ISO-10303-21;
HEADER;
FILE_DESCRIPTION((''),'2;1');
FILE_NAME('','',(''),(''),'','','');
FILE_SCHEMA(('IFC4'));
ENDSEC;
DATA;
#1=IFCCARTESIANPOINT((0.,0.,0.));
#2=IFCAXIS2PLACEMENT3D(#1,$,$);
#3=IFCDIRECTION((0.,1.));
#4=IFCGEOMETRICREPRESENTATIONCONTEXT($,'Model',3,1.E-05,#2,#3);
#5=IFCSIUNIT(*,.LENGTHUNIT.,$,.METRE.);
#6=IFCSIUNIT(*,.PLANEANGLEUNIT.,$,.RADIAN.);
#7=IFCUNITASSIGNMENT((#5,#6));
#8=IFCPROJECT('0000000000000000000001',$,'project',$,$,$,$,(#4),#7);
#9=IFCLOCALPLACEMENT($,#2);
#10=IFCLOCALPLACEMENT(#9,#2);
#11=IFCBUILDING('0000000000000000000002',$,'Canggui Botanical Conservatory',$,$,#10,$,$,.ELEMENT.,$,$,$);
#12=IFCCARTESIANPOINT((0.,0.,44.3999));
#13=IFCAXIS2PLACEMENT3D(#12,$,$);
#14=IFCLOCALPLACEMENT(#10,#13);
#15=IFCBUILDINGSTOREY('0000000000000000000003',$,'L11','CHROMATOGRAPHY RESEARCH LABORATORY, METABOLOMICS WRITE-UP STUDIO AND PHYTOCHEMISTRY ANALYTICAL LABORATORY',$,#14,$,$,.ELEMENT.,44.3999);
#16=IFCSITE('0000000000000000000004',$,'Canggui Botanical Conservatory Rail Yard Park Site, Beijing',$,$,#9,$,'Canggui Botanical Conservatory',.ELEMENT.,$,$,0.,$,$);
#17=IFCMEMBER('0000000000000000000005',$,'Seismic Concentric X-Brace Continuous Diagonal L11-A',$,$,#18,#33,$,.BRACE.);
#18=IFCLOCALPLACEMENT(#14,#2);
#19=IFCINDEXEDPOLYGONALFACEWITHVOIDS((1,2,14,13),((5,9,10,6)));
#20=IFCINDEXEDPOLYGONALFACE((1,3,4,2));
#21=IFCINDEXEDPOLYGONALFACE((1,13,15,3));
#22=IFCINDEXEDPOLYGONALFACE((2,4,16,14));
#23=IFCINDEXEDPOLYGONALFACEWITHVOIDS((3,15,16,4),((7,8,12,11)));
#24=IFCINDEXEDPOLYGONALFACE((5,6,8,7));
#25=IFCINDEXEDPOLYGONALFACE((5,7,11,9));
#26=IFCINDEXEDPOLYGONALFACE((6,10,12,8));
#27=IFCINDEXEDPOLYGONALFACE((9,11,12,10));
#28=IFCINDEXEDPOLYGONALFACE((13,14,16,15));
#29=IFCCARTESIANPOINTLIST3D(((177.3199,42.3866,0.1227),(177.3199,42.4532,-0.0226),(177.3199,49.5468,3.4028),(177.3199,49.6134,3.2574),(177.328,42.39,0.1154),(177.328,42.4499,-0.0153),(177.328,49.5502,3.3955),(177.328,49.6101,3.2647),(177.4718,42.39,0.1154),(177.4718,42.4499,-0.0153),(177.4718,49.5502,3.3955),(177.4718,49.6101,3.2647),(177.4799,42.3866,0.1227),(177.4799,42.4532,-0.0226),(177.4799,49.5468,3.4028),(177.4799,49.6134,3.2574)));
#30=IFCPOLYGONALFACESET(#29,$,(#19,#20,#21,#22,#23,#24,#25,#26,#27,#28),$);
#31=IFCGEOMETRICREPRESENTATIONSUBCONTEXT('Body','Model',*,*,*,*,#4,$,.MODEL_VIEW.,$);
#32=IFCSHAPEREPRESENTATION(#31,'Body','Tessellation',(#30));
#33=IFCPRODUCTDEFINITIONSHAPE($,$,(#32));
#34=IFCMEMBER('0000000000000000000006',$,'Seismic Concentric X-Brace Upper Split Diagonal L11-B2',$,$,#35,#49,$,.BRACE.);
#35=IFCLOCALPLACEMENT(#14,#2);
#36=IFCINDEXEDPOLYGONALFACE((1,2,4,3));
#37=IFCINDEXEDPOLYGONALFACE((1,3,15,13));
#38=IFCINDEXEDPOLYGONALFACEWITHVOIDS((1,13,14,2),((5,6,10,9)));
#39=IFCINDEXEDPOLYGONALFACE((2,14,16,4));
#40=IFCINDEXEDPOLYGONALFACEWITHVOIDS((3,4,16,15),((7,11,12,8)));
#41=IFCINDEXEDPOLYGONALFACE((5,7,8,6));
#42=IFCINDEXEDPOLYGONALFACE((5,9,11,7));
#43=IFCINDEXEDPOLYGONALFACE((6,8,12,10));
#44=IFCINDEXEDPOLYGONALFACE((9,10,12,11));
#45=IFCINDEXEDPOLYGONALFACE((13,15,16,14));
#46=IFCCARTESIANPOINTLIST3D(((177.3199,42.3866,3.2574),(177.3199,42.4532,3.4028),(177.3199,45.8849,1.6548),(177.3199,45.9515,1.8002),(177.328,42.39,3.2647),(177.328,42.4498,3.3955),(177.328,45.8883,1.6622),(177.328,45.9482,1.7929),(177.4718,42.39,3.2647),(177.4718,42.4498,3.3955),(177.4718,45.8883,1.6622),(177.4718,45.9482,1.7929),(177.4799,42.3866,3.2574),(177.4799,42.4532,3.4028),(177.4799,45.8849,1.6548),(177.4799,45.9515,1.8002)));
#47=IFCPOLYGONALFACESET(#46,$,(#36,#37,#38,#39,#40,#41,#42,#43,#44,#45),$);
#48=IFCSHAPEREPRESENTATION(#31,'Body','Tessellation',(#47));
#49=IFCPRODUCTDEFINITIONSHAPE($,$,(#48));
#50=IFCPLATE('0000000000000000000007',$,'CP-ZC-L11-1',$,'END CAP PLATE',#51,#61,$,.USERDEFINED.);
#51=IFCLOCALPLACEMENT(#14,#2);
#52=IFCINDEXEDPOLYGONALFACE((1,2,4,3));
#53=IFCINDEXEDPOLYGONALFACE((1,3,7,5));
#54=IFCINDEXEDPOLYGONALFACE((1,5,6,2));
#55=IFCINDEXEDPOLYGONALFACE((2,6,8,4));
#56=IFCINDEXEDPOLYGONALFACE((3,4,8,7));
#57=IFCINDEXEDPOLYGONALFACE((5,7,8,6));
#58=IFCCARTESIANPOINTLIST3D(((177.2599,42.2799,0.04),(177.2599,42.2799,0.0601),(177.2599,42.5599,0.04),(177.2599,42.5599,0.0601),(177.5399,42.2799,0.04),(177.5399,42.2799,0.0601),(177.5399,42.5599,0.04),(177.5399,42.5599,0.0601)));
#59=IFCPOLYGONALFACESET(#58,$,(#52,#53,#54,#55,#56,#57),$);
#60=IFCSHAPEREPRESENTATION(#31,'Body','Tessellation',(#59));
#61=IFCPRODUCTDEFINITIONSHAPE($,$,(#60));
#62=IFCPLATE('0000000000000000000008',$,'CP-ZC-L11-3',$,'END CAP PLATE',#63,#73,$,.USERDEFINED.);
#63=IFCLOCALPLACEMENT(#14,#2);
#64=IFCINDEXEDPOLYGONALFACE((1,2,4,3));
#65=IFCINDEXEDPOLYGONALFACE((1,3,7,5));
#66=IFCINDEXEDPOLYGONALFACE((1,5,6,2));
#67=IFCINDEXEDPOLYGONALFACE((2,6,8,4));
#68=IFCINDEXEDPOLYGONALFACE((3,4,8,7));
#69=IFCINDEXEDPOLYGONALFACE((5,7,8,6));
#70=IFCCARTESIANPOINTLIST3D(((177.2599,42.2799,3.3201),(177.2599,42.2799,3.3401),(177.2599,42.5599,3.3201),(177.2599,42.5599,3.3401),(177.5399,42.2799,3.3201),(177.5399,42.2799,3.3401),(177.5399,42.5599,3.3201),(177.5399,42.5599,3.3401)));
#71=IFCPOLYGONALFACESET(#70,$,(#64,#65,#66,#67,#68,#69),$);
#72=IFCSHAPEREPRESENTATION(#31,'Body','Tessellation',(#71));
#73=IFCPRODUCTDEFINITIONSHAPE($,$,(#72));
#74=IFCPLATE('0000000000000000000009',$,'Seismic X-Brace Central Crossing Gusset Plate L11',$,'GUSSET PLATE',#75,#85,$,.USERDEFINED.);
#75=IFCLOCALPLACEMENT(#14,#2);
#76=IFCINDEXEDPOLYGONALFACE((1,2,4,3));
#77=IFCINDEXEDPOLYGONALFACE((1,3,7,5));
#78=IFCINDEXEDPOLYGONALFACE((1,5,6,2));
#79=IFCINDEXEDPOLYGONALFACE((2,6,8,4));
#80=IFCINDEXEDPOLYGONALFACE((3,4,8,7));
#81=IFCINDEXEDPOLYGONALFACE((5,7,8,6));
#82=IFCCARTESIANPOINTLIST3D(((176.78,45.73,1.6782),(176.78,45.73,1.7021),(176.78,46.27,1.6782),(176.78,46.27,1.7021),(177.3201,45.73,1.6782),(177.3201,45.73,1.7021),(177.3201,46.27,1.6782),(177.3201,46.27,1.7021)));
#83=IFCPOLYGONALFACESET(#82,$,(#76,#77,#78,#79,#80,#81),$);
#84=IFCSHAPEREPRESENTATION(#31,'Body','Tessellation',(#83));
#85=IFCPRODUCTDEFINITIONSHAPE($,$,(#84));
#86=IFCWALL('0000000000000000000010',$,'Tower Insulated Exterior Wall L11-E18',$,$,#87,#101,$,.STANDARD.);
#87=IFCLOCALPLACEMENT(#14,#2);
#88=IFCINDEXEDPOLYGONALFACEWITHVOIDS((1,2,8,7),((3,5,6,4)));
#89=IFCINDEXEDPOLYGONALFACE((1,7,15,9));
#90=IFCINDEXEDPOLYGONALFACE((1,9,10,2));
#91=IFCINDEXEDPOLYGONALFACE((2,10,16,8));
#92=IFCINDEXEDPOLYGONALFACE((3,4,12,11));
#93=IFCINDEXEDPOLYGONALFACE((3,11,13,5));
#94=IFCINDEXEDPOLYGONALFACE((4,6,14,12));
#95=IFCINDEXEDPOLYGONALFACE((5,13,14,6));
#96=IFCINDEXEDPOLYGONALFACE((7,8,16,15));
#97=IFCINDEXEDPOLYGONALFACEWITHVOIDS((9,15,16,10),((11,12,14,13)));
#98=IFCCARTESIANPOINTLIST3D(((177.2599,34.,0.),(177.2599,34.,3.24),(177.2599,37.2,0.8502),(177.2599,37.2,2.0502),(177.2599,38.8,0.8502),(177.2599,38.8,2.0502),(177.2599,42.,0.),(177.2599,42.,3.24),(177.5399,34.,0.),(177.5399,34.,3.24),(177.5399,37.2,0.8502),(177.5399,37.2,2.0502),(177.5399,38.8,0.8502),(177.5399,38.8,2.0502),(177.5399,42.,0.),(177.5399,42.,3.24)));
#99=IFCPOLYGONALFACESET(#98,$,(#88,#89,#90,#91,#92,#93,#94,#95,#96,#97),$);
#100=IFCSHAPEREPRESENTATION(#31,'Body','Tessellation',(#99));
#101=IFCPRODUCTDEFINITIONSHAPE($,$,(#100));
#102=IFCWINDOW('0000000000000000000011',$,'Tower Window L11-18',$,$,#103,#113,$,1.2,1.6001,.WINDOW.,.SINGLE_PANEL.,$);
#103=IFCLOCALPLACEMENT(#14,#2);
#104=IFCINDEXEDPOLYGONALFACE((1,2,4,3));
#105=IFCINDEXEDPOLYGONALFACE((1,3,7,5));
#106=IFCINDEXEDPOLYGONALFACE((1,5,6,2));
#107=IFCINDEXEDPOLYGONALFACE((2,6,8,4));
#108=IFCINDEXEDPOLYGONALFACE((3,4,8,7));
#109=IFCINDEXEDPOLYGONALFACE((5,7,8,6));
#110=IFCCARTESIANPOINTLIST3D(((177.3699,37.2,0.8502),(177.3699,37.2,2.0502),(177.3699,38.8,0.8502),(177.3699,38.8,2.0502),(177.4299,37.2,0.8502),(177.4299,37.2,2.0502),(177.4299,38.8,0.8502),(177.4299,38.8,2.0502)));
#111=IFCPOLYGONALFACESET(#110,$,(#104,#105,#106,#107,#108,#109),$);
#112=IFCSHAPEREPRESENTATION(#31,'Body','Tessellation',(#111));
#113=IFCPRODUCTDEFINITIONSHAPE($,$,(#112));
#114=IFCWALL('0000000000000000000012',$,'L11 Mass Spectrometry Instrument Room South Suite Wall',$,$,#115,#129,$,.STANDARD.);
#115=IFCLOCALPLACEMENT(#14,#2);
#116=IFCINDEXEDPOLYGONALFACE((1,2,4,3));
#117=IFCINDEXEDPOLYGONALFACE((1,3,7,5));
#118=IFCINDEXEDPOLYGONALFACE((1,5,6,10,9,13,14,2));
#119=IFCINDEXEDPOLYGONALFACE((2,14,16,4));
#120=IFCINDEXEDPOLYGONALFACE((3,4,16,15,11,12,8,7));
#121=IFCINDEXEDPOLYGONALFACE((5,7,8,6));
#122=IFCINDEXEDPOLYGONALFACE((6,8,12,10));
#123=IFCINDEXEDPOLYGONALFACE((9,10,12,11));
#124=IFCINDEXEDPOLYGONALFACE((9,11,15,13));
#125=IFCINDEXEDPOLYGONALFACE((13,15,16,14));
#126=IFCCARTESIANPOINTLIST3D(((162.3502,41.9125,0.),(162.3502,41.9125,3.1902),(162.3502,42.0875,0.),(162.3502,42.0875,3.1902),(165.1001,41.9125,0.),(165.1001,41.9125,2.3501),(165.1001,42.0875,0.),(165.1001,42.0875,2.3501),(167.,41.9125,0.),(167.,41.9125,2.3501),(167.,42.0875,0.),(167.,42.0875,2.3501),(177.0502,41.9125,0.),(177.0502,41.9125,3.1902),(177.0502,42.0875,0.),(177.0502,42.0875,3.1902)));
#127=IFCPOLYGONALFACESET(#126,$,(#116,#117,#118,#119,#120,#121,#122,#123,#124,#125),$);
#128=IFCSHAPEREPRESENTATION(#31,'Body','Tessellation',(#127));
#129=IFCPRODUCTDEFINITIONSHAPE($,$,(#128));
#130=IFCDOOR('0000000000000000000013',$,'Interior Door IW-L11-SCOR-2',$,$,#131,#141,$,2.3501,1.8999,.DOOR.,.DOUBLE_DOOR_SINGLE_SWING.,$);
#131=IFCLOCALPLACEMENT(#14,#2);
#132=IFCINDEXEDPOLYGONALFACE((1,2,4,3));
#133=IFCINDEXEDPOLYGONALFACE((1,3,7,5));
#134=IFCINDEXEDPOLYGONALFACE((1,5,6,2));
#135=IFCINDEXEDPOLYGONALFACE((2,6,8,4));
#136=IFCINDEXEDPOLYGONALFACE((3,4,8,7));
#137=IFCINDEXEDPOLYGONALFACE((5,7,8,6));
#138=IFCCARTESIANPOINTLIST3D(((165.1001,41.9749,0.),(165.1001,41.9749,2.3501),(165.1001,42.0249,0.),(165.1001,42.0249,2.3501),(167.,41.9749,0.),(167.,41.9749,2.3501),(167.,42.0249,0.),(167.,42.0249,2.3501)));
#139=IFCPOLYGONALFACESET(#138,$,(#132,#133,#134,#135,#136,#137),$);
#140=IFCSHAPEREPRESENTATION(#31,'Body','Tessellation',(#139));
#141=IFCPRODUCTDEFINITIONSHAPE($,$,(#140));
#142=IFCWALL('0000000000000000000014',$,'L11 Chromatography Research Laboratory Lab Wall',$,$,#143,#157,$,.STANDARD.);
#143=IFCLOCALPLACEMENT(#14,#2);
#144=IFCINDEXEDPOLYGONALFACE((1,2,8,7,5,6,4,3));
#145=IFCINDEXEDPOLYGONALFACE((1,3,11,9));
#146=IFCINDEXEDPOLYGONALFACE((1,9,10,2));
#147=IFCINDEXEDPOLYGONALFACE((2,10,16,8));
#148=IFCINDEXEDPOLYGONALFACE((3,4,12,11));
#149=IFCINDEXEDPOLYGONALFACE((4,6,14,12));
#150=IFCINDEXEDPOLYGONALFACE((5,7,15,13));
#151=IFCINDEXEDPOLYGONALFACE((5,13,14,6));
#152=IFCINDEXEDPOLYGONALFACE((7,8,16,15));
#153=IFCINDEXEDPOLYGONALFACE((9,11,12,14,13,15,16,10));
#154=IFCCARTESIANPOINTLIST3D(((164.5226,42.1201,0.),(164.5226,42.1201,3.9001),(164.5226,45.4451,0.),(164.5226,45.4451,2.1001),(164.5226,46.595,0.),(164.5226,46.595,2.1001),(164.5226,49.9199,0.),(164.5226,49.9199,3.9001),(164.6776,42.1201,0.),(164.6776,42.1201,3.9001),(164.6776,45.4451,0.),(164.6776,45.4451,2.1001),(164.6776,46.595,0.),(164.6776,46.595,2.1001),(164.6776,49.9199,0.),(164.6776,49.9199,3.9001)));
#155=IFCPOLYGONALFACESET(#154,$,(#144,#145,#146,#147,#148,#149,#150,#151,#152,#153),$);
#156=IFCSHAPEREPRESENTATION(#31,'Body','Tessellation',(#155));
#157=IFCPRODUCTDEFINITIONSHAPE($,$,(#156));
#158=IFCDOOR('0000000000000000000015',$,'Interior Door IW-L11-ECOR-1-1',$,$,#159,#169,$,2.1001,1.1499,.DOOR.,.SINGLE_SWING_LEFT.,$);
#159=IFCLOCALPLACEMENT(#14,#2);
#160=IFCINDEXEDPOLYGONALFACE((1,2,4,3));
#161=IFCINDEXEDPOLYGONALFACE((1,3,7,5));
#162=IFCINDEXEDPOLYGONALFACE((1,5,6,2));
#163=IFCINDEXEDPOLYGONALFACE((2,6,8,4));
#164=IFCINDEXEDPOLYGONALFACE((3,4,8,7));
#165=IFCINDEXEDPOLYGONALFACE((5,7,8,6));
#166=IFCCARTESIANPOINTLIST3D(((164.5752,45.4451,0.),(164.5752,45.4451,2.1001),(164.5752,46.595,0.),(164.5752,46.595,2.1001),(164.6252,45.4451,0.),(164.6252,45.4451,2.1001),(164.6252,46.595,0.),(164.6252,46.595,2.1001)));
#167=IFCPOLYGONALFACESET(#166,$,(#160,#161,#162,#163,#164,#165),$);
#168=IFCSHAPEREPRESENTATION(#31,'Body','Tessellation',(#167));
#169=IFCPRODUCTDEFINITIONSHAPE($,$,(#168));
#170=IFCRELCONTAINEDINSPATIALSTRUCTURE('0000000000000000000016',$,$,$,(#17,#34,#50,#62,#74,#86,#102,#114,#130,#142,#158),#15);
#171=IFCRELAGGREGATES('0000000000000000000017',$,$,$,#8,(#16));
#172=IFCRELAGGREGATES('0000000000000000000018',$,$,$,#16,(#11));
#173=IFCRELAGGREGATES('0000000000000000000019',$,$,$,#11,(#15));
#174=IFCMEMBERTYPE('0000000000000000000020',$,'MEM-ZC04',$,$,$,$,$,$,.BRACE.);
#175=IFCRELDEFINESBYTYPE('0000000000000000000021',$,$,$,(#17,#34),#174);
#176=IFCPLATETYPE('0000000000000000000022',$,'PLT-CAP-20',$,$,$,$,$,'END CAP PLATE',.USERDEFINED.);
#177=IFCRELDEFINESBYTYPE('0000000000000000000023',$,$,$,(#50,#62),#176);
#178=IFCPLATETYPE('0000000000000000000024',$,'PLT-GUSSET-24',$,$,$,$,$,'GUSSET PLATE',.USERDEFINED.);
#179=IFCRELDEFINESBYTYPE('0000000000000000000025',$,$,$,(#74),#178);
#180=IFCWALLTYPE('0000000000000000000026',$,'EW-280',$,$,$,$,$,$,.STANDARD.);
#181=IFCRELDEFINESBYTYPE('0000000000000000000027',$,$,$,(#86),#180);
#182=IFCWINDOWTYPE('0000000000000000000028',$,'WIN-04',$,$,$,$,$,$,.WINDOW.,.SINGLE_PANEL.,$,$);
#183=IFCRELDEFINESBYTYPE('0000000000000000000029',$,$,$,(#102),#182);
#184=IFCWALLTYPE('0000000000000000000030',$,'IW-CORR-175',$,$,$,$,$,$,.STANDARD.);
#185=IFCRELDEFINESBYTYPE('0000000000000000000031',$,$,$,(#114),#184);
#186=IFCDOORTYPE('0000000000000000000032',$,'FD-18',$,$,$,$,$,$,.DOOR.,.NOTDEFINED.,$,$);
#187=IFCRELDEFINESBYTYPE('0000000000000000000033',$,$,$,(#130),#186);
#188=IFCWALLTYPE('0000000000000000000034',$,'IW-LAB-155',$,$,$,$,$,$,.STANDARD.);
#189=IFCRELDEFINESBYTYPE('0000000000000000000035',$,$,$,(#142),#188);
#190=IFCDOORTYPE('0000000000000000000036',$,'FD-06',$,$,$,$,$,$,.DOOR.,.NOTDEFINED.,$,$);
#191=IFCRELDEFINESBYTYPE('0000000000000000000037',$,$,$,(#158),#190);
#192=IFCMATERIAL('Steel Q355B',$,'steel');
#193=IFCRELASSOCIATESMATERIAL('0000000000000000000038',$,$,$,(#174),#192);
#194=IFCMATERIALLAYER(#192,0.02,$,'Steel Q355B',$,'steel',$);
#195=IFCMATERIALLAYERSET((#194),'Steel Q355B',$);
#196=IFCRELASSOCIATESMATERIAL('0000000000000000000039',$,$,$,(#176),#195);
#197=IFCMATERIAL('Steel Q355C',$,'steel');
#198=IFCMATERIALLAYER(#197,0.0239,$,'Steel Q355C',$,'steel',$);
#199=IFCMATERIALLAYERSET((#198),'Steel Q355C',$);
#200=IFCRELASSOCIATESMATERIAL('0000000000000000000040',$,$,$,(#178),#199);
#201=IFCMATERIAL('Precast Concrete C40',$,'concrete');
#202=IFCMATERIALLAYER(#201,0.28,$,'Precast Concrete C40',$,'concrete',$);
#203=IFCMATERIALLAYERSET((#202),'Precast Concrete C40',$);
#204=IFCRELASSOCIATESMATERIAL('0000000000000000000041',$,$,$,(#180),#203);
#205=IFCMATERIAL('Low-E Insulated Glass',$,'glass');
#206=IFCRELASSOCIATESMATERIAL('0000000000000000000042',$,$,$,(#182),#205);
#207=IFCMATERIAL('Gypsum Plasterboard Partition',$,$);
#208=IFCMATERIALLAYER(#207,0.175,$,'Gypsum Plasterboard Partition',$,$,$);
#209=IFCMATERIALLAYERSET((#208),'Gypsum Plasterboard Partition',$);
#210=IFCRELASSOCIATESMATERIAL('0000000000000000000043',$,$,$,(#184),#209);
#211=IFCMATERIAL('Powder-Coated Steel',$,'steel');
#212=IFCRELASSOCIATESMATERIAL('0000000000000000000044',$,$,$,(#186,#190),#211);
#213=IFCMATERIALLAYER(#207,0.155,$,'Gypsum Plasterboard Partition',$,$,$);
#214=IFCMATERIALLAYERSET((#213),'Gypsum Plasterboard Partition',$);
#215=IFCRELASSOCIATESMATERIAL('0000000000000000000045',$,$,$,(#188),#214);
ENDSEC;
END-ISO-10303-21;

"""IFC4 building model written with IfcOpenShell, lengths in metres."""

from ifc_helpers import new_model, si_unit, direction, frame, frame_2d, origin, origin_2d, place, context, subcontext, project, spatial, rectangle, hollow_rectangle, extrude, material, layer, layer_set, material_profile, profile_set, type_object, element, fill, save


model = new_model("IFC4")

# Units and contexts
model_context = context("Model", 3, precision=1e-05, world=origin(), true_north=direction((0.0, 1.0)))
body_context = subcontext(model_context, "Body", "Model", "MODEL_VIEW")
ifc_project = project(units=[si_unit("LENGTHUNIT", "METRE"), si_unit("PLANEANGLEUNIT", "RADIAN")], contexts=[model_context])

# Site, building, storey
site_placement = place(None, origin())
site = spatial("IfcSite", under=ifc_project, at=site_placement, Name="Canggui Botanical Conservatory Rail Yard Park Site, Beijing", LongName="Canggui Botanical Conservatory", CompositionType="ELEMENT", RefElevation=0.0)
building_placement = place(site_placement, origin())
building = spatial("IfcBuilding", under=site, at=building_placement, Name="Canggui Botanical Conservatory", CompositionType="ELEMENT")
storey_placement = place(building_placement, frame((0.0, 0.0, 44.3999)))
storey = spatial("IfcBuildingStorey", under=building, at=storey_placement, Name="L11", Description="CHROMATOGRAPHY RESEARCH LABORATORY, METABOLOMICS WRITE-UP STUDIO AND PHYTOCHEMISTRY ANALYTICAL LABORATORY", CompositionType="ELEMENT", Elevation=44.3999)

# Members
ifc_material_1 = material(Name="Steel Q355B", Category="steel")
ifc_material_profile_1 = material_profile(ifc_material_1, hollow_rectangle(XDim=0.1599, YDim=0.1599, WallThickness=0.0081, at=origin_2d()), Name="SHS 160x160x8")
ifc_profile_set_1 = profile_set([ifc_material_profile_1], Name="Steel Q355B")
member_type_1 = type_object("IfcMemberType", Name="MEM-ZC04", PredefinedType="BRACE", material=ifc_profile_set_1)
member_1_placement = place(storey_placement, frame((177.3999, 42.4199, 0.05), z_axis=(0.0, 0.909147, 0.416475), x_axis=(-1.0, 0.0, 0.0)))
element("IfcMember", 1, at=member_1_placement, inside=storey, type_object=member_type_1, Name="Seismic Concentric X-Brace Continuous Diagonal L11-A", PredefinedType="BRACE", context=body_context, shape_type="SweptSolid", body=[
    extrude(hollow_rectangle(XDim=0.1599, YDim=0.1599, WallThickness=0.0081, at=origin_2d()), origin(), (0.0, 0.0, 1.0), 7.8757),
])
member_2_placement = place(storey_placement, frame((177.3999, 45.9182, 1.7275), z_axis=(0.0, -0.909148, 0.416473), x_axis=(1.0, 0.0, 0.0)))
element("IfcMember", 2, at=member_2_placement, inside=storey, type_object=member_type_1, Name="Seismic Concentric X-Brace Upper Split Diagonal L11-B2", PredefinedType="BRACE", context=body_context, shape_type="SweptSolid", body=[
    extrude(hollow_rectangle(XDim=0.1599, YDim=0.1599, WallThickness=0.0081, at=origin_2d()), origin(), (0.0, 0.0, 1.0), 3.8479),
])

# Plates
ifc_layer_1 = layer(ifc_material_1, 0.02, Name="Steel Q355B", Category="steel")
ifc_layer_set_1 = layer_set([ifc_layer_1], Name="Steel Q355B")
plate_type_1 = type_object("IfcPlateType", Name="PLT-CAP-20", ElementType="END CAP PLATE", PredefinedType="USERDEFINED", material=ifc_layer_set_1)
for number, where, z_axis, x_axis, name in (
    (3, (177.3999, 42.4199, 0.04), (0.0, 0.0, 1.0), (1.0, 0.0, 0.0), "CP-ZC-L11-1"),
    (4, (177.3999, 42.4199, 3.3201), (0.0, 0.0, 1.0), (1.0, 0.0, 0.0), "CP-ZC-L11-3"),
):
    element("IfcPlate", number, at=place(storey_placement, frame(where, z_axis=z_axis, x_axis=x_axis)), inside=storey, type_object=plate_type_1, Name=name, ObjectType="END CAP PLATE", PredefinedType="USERDEFINED", context=body_context, shape_type="SweptSolid", body=[
        extrude(rectangle(XDim=0.28, YDim=0.28, at=origin_2d()), origin(), (0.0, 0.0, 1.0), 0.02),
    ])
ifc_material_2 = material(Name="Steel Q355C", Category="steel")
ifc_layer_2 = layer(ifc_material_2, 0.0239, Name="Steel Q355C", Category="steel")
ifc_layer_set_2 = layer_set([ifc_layer_2], Name="Steel Q355C")
plate_type_2 = type_object("IfcPlateType", Name="PLT-GUSSET-24", ElementType="GUSSET PLATE", PredefinedType="USERDEFINED", material=ifc_layer_set_2)
plate_placement = place(storey_placement, frame((177.05, 46.0, 1.6782), z_axis=(0.0, 0.0, 1.0), x_axis=(1.0, 0.0, 0.0)))
element("IfcPlate", 5, at=plate_placement, inside=storey, type_object=plate_type_2, Name="Seismic X-Brace Central Crossing Gusset Plate L11", ObjectType="GUSSET PLATE", PredefinedType="USERDEFINED", context=body_context, shape_type="SweptSolid", body=[
    extrude(rectangle(XDim=0.54, YDim=0.54, at=origin_2d()), origin(), (0.0, 0.0, 1.0), 0.0239),
])

# Wall, opening, window
ifc_material_3 = material(Name="Precast Concrete C40", Category="concrete")
ifc_layer_3 = layer(ifc_material_3, 0.28, Name="Precast Concrete C40", Category="concrete")
ifc_layer_set_3 = layer_set([ifc_layer_3], Name="Precast Concrete C40")
wall_type_1 = type_object("IfcWallType", Name="EW-280", PredefinedType="STANDARD", material=ifc_layer_set_3)
wall_1_placement = place(storey_placement, frame((177.3999, 42.0, 0.0), z_axis=(0.0, 0.0, 1.0), x_axis=(0.0, -1.0, 0.0)))
wall_1 = element("IfcWall", 6, at=wall_1_placement, inside=storey, type_object=wall_type_1, Name="Tower Insulated Exterior Wall L11-E18", PredefinedType="STANDARD", context=body_context, shape_type="SweptSolid", body=[
    extrude(rectangle(XDim=8.0, YDim=0.28, at=frame_2d((4.0, 0.0))), origin(), (0.0, 0.0, 1.0), 3.24),
])
opening_1_placement = place(wall_1_placement, frame((3.2, 0.0, 0.8501)))
opening_1 = element("IfcOpeningElement", 7, at=opening_1_placement, cuts=wall_1, PredefinedType="OPENING", context=body_context, shape_type="SweptSolid", body=[
    extrude(rectangle(XDim=1.6001, YDim=1.2, at=frame_2d((0.8, 0.6001))), frame((0.0, 0.1499, 0.0), z_axis=(0.0, -1.0, 0.0), x_axis=(1.0, 0.0, 0.0)), (0.0, 0.0, 1.0), 0.3),
])
ifc_material_4 = material(Name="Low-E Insulated Glass", Category="glass")
window_type = type_object("IfcWindowType", Name="WIN-04", PartitioningType="SINGLE_PANEL", PredefinedType="WINDOW", material=ifc_material_4)
window_placement = place(opening_1_placement, origin())
window = element("IfcWindow", 8, at=window_placement, inside=storey, type_object=window_type, Name="Tower Window L11-18", OverallHeight=1.2, OverallWidth=1.6001, PartitioningType="SINGLE_PANEL", PredefinedType="WINDOW", context=body_context, shape_type="SweptSolid", body=[
    extrude(rectangle(XDim=1.6001, YDim=1.2, at=frame_2d((0.8, 0.6001))), frame((0.0, 0.03, 0.0), z_axis=(0.0, -1.0, 0.0), x_axis=(1.0, 0.0, 0.0)), (0.0, 0.0, 1.0), 0.0601),
])
fill(opening_1, window)

# Walls, openings, doors
ifc_material_5 = material(Name="Gypsum Plasterboard Partition")
ifc_layer_4 = layer(ifc_material_5, 0.175, Name="Gypsum Plasterboard Partition")
ifc_layer_set_4 = layer_set([ifc_layer_4], Name="Gypsum Plasterboard Partition")
wall_type_2 = type_object("IfcWallType", Name="IW-CORR-175", PredefinedType="STANDARD", material=ifc_layer_set_4)
wall_2_placement = place(storey_placement, frame((162.3501, 42.0, 0.0), z_axis=(0.0, 0.0, 1.0), x_axis=(1.0, 0.0, 0.0)))
wall_2 = element("IfcWall", 9, at=wall_2_placement, inside=storey, type_object=wall_type_2, Name="L11 Mass Spectrometry Instrument Room South Suite Wall", PredefinedType="STANDARD", context=body_context, shape_type="SweptSolid", body=[
    extrude(rectangle(XDim=14.7, YDim=0.175, at=frame_2d((7.3501, 0.0))), origin(), (0.0, 0.0, 1.0), 3.1902),
])
opening_2_placement = place(wall_2_placement, frame((2.75, 0.0, 0.0)))
opening_2 = element("IfcOpeningElement", 10, at=opening_2_placement, cuts=wall_2, PredefinedType="OPENING", context=body_context, shape_type="SweptSolid", body=[
    extrude(rectangle(XDim=1.8999, YDim=2.3501, at=frame_2d((0.95, 1.175))), frame((0.0, 0.0977, 0.0), z_axis=(0.0, -1.0, 0.0), x_axis=(1.0, 0.0, 0.0)), (0.0, 0.0, 1.0), 0.1951),
])
ifc_material_6 = material(Name="Powder-Coated Steel", Category="steel")
door_type_1 = type_object("IfcDoorType", Name="FD-18", OperationType="NOTDEFINED", PredefinedType="DOOR", material=ifc_material_6)
door_1_placement = place(opening_2_placement, origin())
door_1 = element("IfcDoor", 11, at=door_1_placement, inside=storey, type_object=door_type_1, Name="Interior Door IW-L11-SCOR-2", OperationType="DOUBLE_DOOR_SINGLE_SWING", OverallHeight=2.3501, OverallWidth=1.8999, PredefinedType="DOOR", context=body_context, shape_type="SweptSolid", body=[
    extrude(rectangle(XDim=1.8999, YDim=2.3501, at=frame_2d((0.95, 1.175))), frame((0.0, 0.0249, 0.0), z_axis=(0.0, -1.0, 0.0), x_axis=(1.0, 0.0, 0.0)), (0.0, 0.0, 1.0), 0.05),
])
fill(opening_2, door_1)
ifc_layer_5 = layer(ifc_material_5, 0.155, Name="Gypsum Plasterboard Partition")
ifc_layer_set_5 = layer_set([ifc_layer_5], Name="Gypsum Plasterboard Partition")
wall_type_3 = type_object("IfcWallType", Name="IW-LAB-155", PredefinedType="STANDARD", material=ifc_layer_set_5)
wall_3_placement = place(storey_placement, frame((164.6001, 42.1201, 0.0), z_axis=(0.0, 0.0, 1.0), x_axis=(0.0, 1.0, 0.0)))
wall_3 = element("IfcWall", 12, at=wall_3_placement, inside=storey, type_object=wall_type_3, Name="L11 Chromatography Research Laboratory Lab Wall", PredefinedType="STANDARD", context=body_context, shape_type="SweptSolid", body=[
    extrude(rectangle(XDim=7.7998, YDim=0.155, at=frame_2d((3.8999, 0.0))), origin(), (0.0, 0.0, 1.0), 3.9001),
])
opening_3_placement = place(wall_3_placement, frame((3.325, 0.0, 0.0)))
opening_3 = element("IfcOpeningElement", 13, at=opening_3_placement, cuts=wall_3, PredefinedType="OPENING", context=body_context, shape_type="SweptSolid", body=[
    extrude(rectangle(XDim=1.1499, YDim=2.1001, at=frame_2d((0.575, 1.05))), frame((0.0, 0.0874, 0.0), z_axis=(0.0, -1.0, 0.0), x_axis=(1.0, 0.0, 0.0)), (0.0, 0.0, 1.0), 0.175),
])
door_type_2 = type_object("IfcDoorType", Name="FD-06", OperationType="NOTDEFINED", PredefinedType="DOOR", material=ifc_material_6)
door_2_placement = place(opening_3_placement, origin())
door_2 = element("IfcDoor", 14, at=door_2_placement, inside=storey, type_object=door_type_2, Name="Interior Door IW-L11-ECOR-1-1", OperationType="SINGLE_SWING_LEFT", OverallHeight=2.1001, OverallWidth=1.1499, PredefinedType="DOOR", context=body_context, shape_type="SweptSolid", body=[
    extrude(rectangle(XDim=1.1499, YDim=2.1001, at=frame_2d((0.575, 1.05))), frame((0.0, 0.0249, 0.0), z_axis=(0.0, -1.0, 0.0), x_axis=(1.0, 0.0, 0.0)), (0.0, 0.0, 1.0), 0.05),
])
fill(opening_3, door_2)

save(model, "model.ifc")
